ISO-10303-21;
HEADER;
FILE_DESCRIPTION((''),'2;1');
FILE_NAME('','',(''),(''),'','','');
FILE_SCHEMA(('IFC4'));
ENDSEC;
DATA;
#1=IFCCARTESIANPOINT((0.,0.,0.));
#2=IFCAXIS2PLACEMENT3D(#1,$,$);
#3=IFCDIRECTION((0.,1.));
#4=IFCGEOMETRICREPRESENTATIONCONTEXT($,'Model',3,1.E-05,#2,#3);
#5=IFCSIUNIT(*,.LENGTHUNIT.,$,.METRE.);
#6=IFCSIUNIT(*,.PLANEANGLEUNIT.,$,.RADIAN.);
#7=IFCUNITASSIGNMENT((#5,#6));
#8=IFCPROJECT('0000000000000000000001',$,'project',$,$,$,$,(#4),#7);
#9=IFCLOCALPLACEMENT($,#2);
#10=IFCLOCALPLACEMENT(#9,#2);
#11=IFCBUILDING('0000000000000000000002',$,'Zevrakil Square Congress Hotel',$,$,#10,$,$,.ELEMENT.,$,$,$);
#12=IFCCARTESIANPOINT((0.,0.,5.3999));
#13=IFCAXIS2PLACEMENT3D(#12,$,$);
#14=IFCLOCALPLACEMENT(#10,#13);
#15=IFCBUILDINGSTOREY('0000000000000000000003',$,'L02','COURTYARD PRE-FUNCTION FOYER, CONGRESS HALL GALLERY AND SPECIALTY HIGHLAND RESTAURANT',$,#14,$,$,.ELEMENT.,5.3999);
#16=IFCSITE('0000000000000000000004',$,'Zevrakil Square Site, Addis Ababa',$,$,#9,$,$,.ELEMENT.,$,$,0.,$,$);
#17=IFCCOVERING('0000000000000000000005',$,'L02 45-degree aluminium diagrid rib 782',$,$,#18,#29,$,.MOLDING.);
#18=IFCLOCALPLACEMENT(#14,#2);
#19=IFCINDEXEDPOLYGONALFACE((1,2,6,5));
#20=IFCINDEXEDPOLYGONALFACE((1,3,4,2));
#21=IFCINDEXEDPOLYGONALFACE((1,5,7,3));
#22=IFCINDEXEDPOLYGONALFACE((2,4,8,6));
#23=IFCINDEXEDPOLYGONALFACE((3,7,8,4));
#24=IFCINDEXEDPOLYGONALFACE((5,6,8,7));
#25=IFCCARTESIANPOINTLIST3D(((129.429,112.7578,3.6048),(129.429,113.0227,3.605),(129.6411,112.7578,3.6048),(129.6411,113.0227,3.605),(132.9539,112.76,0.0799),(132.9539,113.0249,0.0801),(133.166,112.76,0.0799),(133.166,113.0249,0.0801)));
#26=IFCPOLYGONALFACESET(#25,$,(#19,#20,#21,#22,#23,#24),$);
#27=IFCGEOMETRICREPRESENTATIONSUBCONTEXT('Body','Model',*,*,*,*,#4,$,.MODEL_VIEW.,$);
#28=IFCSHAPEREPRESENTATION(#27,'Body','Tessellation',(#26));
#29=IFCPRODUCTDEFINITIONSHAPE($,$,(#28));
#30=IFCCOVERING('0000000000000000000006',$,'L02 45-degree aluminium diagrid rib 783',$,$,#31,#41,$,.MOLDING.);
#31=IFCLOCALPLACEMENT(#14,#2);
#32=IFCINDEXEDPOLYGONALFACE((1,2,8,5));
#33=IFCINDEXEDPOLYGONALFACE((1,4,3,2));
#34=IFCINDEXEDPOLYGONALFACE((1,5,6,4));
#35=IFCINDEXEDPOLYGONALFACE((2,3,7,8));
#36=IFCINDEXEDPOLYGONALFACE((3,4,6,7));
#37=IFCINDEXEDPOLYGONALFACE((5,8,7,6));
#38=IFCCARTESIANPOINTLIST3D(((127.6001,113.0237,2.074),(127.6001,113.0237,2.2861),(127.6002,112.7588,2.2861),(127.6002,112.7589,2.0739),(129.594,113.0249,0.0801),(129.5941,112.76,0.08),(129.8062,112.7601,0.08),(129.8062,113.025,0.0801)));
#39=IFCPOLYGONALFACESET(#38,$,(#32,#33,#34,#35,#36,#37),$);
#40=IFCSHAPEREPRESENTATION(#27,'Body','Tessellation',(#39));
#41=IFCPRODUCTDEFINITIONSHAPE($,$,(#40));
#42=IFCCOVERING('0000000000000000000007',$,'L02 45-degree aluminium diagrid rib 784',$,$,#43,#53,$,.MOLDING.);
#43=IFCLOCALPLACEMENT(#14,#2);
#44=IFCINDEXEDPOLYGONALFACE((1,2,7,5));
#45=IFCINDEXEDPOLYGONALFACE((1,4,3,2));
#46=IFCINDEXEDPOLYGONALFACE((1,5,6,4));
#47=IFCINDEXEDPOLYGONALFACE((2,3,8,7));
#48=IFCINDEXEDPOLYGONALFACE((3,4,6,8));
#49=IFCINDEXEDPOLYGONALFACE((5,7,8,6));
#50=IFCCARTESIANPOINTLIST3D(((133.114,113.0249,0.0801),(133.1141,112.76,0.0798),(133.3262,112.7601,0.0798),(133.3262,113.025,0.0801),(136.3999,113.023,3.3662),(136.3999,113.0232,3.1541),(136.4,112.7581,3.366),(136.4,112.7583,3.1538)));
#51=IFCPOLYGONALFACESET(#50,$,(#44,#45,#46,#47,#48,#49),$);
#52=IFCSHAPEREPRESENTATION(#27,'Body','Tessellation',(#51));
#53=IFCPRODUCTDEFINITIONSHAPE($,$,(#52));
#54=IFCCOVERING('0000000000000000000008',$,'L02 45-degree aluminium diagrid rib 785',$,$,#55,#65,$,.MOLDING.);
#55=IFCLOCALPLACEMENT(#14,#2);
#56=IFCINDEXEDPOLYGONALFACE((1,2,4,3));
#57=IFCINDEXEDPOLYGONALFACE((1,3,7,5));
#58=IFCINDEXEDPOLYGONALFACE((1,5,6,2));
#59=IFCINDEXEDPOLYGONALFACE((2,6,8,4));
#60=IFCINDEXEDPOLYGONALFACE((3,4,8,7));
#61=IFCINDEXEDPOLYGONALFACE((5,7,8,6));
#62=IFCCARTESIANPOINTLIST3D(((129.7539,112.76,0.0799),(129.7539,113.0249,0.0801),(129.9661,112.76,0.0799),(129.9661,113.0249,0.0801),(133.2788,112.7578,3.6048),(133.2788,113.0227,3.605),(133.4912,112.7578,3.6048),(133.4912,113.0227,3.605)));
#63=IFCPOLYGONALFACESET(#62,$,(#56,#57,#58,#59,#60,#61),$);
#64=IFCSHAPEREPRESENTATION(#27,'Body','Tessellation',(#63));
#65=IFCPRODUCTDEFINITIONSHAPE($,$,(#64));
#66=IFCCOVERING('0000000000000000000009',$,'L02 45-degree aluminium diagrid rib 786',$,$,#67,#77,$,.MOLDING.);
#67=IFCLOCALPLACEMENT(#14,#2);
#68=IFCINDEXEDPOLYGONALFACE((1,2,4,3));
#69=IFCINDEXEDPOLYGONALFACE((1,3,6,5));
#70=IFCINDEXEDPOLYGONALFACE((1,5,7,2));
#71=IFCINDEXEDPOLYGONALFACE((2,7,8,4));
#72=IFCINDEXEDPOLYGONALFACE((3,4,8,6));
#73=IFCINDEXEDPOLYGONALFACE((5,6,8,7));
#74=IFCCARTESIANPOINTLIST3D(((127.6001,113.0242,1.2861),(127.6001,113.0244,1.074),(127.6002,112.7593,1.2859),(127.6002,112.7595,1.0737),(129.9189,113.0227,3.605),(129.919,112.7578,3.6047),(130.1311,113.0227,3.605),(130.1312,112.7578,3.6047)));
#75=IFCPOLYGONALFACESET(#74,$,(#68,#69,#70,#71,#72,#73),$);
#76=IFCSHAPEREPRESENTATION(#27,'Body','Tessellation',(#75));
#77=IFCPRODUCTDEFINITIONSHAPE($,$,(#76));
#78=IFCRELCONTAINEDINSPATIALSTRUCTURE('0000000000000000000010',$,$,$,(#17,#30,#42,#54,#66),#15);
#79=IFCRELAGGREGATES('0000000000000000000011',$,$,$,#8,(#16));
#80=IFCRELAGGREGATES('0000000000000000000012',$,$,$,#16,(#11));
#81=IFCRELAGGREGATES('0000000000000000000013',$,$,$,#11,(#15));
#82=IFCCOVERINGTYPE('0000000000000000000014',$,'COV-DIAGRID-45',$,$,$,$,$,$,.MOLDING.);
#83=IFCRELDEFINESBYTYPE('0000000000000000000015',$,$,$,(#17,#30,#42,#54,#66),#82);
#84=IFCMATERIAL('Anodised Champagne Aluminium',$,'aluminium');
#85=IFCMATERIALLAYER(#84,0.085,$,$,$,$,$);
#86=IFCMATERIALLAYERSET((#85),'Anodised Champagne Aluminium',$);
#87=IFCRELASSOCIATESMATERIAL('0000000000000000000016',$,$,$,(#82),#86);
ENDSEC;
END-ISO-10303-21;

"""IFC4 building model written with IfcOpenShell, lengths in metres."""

from ifc_helpers import new_model, si_unit, direction, frame, origin, place, context, subcontext, project, spatial, polyline, outline, extrude, material, layer, layer_set, type_object, element, save


model = new_model("IFC4")

# Units and contexts
model_context = context("Model", 3, precision=1e-05, world=origin(), true_north=direction((0.0, 1.0)))
body_context = subcontext(model_context, "Body", "Model", "MODEL_VIEW")
ifc_project = project(units=[si_unit("LENGTHUNIT", "METRE"), si_unit("PLANEANGLEUNIT", "RADIAN")], contexts=[model_context])

# Site, building, storey
site_placement = place(None, origin())
site = spatial("IfcSite", under=ifc_project, at=site_placement, Name="Zevrakil Square Site, Addis Ababa", CompositionType="ELEMENT", RefElevation=0.0)
building_placement = place(site_placement, origin())
building = spatial("IfcBuilding", under=site, at=building_placement, Name="Zevrakil Square Congress Hotel", CompositionType="ELEMENT")
storey_placement = place(building_placement, frame((0.0, 0.0, 5.3999)))
storey = spatial("IfcBuildingStorey", under=building, at=storey_placement, Name="L02", Description="COURTYARD PRE-FUNCTION FOYER, CONGRESS HALL GALLERY AND SPECIALTY HIGHLAND RESTAURANT", CompositionType="ELEMENT", Elevation=5.3999)

# Coverings
ifc_material_1 = material(Name="Anodised Champagne Aluminium", Category="aluminium")
ifc_layer_1 = layer(ifc_material_1, 0.085)
ifc_layer_set_1 = layer_set([ifc_layer_1], Name="Anodised Champagne Aluminium")
covering_type_1 = type_object("IfcCoveringType", Name="COV-DIAGRID-45", PredefinedType="MOLDING", material=ifc_layer_set_1)
covering_1_placement = place(storey_placement, frame((132.9539, 113.0249, 0.0801), z_axis=(0.0, 1.0, 0.000623), x_axis=(1.0, 0.0, 0.0)))
element("IfcCovering", 1, at=covering_1_placement, inside=storey, type_object=covering_type_1, Name="L02 45-degree aluminium diagrid rib 782", PredefinedType="MOLDING", context=body_context, shape_type="SweptSolid", body=[
    extrude(outline(polyline([(0.0, 0.0), (0.2122, 0.0), (-3.3127, -3.5249), (-3.5249, -3.5249), (0.0, 0.0)])), origin(), (0.0, 0.0, -1.0), 0.2649),
])
covering_2_placement = place(storey_placement, frame((129.594, 113.0249, 0.0801), z_axis=(-0.000291, 1.0, 0.000291), x_axis=(1.0, 0.000291, 0.0)))
element("IfcCovering", 2, at=covering_2_placement, inside=storey, type_object=covering_type_1, Name="L02 45-degree aluminium diagrid rib 783", PredefinedType="MOLDING", context=body_context, shape_type="SweptSolid", body=[
    extrude(outline(polyline([(0.0, 0.0), (0.2122, 0.0), (-1.9939, -2.2061), (-1.9939, -1.9939), (0.0, 0.0)])), origin(), (0.0, 0.0, -1.0), 0.2649),
])
covering_3_placement = place(storey_placement, frame((136.3999, 113.0232, 3.1541), z_axis=(-0.000287, 1.0, 0.000863), x_axis=(0.0, -0.000863, 1.0)))
element("IfcCovering", 3, at=covering_3_placement, inside=storey, type_object=covering_type_1, Name="L02 45-degree aluminium diagrid rib 784", PredefinedType="MOLDING", context=body_context, shape_type="SweptSolid", body=[
    extrude(outline(polyline([(0.0, 0.0), (0.2122, 0.0), (-3.074, -3.2859), (-3.074, -3.0737), (0.0, 0.0)])), origin(), (0.0, 0.0, -1.0), 0.2649),
])
covering_4_placement = place(storey_placement, frame((133.4912, 113.0227, 3.605), z_axis=(0.0, 1.0, 0.000623), x_axis=(-1.0, 0.0, 0.0)))
element("IfcCovering", 4, at=covering_4_placement, inside=storey, type_object=covering_type_1, Name="L02 45-degree aluminium diagrid rib 785", PredefinedType="MOLDING", context=body_context, shape_type="SweptSolid", body=[
    extrude(outline(polyline([(0.0, 0.0), (0.2124, 0.0), (3.7373, -3.5249), (3.5251, -3.5249), (0.0, 0.0)])), origin(), (0.0, 0.0, -1.0), 0.2649),
])
covering_5_placement = place(storey_placement, frame((130.1311, 113.0227, 3.605), z_axis=(-0.000248, 1.0, 0.000903), x_axis=(-1.0, -0.000248, 0.0)))
element("IfcCovering", 5, at=covering_5_placement, inside=storey, type_object=covering_type_1, Name="L02 45-degree aluminium diagrid rib 786", PredefinedType="MOLDING", context=body_context, shape_type="SweptSolid", body=[
    extrude(outline(polyline([(0.0, 0.0), (0.2122, 0.0), (2.531, -2.3188), (2.531, -2.531), (0.0, 0.0)])), origin(), (0.0, 0.0, -1.0), 0.2649),
])

save(model, "model.ifc")
